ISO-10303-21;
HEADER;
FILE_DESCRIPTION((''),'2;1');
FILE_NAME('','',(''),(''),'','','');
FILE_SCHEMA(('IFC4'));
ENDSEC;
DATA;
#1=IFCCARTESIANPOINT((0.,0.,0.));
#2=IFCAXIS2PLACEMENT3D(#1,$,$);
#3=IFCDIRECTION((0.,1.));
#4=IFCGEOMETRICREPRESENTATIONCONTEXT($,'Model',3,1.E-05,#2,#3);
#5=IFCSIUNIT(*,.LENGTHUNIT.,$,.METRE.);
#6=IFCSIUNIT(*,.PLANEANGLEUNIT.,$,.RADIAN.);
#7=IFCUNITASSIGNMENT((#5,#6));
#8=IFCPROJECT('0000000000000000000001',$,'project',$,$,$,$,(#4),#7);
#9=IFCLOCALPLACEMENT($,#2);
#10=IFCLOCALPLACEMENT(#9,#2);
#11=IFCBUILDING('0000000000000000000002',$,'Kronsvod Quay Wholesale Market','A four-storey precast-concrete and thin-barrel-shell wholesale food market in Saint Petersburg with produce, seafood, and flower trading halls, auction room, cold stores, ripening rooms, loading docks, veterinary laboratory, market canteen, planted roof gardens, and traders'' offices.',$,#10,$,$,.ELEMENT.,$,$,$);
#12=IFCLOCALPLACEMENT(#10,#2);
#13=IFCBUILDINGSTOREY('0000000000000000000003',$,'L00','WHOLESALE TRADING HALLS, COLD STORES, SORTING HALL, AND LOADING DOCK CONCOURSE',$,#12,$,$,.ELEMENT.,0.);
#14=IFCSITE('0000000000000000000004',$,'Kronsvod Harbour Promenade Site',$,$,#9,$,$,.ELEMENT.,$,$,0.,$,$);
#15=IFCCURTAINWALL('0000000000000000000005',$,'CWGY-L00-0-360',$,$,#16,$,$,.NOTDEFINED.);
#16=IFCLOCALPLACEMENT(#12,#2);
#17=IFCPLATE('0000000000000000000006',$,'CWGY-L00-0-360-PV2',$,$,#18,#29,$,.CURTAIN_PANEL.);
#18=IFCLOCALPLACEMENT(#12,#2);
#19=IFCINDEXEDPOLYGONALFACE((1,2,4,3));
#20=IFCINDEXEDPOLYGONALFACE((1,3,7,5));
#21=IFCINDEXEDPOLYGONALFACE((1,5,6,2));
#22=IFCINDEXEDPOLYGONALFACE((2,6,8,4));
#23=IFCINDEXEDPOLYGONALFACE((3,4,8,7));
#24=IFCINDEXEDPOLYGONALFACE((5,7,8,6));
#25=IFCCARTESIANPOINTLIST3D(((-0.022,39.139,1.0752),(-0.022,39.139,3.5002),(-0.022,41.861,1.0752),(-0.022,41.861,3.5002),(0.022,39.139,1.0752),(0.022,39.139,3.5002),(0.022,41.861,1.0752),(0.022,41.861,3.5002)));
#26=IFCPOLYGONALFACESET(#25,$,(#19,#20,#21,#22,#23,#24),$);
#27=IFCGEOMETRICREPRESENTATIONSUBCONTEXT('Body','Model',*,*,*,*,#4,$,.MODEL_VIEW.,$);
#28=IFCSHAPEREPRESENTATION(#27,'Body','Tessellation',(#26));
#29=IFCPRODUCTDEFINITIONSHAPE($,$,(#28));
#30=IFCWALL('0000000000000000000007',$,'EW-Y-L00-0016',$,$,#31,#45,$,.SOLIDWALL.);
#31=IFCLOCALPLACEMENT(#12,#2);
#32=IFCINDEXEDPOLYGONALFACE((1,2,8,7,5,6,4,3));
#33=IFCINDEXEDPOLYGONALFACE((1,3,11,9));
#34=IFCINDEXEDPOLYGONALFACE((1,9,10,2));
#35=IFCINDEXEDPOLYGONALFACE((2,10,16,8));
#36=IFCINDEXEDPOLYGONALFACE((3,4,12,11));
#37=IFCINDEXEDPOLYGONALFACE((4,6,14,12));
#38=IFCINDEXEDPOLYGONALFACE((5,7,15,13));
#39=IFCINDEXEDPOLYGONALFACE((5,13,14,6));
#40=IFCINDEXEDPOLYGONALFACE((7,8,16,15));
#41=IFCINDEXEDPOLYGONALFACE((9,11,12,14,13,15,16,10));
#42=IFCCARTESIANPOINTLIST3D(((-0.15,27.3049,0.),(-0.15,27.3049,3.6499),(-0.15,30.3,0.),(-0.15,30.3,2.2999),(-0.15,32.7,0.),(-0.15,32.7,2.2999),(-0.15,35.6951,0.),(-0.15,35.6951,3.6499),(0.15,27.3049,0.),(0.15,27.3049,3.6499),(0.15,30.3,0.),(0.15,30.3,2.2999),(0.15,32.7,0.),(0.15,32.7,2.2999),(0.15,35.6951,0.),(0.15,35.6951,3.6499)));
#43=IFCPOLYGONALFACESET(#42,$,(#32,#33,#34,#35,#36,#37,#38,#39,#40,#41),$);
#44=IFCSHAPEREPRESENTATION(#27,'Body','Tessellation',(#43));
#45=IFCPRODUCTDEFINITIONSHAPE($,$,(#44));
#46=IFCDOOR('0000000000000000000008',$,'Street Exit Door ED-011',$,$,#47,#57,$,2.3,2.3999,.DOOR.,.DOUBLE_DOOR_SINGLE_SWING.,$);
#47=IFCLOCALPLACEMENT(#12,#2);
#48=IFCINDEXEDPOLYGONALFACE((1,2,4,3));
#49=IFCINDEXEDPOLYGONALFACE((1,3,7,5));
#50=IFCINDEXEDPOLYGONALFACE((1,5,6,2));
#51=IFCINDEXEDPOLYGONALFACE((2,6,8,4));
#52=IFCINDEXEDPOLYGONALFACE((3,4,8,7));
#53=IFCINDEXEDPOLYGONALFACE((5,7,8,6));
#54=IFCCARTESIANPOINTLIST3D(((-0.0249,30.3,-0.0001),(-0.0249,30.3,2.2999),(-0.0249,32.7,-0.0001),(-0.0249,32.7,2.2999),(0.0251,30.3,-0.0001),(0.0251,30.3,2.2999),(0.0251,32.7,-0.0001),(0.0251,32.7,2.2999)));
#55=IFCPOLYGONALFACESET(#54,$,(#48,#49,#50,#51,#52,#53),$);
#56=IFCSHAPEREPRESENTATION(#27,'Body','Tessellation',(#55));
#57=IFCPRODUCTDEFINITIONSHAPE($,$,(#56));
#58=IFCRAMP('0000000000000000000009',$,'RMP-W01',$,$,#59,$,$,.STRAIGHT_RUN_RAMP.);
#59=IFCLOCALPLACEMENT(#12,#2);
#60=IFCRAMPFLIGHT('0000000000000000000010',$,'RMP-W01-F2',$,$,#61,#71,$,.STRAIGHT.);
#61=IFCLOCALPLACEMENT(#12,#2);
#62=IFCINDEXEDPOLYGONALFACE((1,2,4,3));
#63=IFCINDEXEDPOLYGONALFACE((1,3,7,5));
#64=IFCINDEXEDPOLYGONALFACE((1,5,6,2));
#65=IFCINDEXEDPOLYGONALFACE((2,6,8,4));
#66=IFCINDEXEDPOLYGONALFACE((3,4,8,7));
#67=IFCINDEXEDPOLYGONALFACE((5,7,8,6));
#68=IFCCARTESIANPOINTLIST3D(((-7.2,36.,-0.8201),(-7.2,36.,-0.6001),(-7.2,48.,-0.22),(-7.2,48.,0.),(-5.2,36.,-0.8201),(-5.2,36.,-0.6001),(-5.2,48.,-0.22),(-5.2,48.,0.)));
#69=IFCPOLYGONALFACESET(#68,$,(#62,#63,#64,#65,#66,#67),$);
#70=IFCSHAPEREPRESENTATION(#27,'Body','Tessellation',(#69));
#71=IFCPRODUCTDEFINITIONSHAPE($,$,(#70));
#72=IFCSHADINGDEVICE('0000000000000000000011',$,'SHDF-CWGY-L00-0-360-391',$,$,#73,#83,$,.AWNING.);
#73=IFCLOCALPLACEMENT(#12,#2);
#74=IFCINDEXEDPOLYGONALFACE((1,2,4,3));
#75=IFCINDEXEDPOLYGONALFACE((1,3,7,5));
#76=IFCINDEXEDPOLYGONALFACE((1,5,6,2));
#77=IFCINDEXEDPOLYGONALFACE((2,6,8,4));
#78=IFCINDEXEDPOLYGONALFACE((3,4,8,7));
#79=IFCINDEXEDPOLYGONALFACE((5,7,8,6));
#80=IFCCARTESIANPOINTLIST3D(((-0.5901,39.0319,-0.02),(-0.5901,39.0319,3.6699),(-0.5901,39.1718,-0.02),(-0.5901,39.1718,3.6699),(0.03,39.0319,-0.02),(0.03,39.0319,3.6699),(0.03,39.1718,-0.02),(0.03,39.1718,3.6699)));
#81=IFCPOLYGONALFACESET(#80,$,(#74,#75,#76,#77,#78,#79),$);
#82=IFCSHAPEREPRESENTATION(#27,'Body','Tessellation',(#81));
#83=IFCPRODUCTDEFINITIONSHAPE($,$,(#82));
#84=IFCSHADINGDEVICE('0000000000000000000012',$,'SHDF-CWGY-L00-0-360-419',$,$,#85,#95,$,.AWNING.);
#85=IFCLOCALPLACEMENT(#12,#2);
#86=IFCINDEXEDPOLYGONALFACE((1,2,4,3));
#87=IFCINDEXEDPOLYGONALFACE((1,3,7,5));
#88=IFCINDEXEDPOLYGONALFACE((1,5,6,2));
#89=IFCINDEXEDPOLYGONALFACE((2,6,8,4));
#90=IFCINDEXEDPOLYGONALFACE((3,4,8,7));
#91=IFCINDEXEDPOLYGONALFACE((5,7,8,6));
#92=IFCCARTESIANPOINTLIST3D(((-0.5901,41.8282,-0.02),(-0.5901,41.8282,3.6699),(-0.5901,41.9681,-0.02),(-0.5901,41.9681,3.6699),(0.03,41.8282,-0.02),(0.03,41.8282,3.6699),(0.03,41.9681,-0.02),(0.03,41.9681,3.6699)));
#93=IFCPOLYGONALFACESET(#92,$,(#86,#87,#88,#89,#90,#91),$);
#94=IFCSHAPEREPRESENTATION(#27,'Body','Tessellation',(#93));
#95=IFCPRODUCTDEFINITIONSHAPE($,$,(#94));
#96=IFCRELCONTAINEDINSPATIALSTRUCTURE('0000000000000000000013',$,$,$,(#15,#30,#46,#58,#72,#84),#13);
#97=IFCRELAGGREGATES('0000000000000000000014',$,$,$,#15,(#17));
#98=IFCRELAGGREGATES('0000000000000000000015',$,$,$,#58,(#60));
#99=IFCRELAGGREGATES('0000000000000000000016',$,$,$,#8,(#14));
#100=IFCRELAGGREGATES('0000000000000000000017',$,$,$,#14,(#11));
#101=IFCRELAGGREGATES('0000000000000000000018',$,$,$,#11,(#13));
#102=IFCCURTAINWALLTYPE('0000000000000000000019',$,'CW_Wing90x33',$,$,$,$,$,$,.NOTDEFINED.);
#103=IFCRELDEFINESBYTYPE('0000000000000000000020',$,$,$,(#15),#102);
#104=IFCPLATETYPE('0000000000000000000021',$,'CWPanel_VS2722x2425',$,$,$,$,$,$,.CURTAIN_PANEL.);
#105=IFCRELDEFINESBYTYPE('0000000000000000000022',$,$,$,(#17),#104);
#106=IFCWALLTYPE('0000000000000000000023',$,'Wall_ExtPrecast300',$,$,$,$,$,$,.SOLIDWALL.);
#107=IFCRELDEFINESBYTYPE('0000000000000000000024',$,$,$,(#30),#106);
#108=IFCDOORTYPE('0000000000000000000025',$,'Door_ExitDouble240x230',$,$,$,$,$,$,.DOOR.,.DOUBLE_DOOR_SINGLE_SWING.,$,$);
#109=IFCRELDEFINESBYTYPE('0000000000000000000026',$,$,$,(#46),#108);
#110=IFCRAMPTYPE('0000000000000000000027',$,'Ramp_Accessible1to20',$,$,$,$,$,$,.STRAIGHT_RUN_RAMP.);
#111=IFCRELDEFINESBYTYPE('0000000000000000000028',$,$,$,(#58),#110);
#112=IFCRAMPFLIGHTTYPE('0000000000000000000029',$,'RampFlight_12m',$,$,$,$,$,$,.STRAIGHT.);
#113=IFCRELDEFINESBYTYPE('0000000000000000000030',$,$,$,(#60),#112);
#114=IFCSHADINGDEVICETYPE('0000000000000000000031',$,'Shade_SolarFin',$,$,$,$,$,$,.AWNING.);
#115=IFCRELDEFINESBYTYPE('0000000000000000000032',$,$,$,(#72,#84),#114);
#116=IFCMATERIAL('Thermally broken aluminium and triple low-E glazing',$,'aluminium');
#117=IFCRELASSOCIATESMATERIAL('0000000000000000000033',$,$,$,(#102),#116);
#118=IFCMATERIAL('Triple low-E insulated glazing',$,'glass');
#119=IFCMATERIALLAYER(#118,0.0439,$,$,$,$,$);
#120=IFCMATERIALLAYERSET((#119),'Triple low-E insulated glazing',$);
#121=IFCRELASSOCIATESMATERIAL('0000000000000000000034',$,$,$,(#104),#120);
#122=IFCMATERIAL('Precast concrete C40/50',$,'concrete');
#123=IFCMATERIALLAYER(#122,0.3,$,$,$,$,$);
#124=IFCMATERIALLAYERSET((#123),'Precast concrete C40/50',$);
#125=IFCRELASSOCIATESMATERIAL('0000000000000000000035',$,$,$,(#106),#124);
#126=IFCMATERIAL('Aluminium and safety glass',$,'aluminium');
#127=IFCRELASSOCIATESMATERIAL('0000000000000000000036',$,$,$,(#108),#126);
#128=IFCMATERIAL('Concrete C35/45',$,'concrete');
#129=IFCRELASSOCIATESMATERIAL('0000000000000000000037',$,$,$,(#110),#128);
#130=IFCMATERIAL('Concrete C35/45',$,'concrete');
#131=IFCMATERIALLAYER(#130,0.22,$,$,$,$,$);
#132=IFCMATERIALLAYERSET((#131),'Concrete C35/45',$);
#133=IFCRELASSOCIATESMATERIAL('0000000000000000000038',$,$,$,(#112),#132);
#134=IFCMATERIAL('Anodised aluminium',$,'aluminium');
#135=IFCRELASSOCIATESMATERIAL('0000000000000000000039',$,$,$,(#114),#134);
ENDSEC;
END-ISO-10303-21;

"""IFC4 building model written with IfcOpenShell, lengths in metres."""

from ifc_helpers import new_model, si_unit, direction, frame, frame_2d, origin, origin_2d, place, context, subcontext, project, spatial, polyline, rectangle, outline, extrude, material, layer, layer_set, type_object, element, fill, aggregate, save


model = new_model("IFC4")

# Units and contexts
model_context = context("Model", 3, precision=1e-05, world=origin(), true_north=direction((0.0, 1.0)))
body_context = subcontext(model_context, "Body", "Model", "MODEL_VIEW")
ifc_project = project(units=[si_unit("LENGTHUNIT", "METRE"), si_unit("PLANEANGLEUNIT", "RADIAN")], contexts=[model_context])

# Site, building, storey
site_placement = place(None, origin())
site = spatial("IfcSite", under=ifc_project, at=site_placement, Name="Kronsvod Harbour Promenade Site", CompositionType="ELEMENT", RefElevation=0.0)
building_placement = place(site_placement, origin())
building = spatial("IfcBuilding", under=site, at=building_placement, Name="Kronsvod Quay Wholesale Market", Description="A four-storey precast-concrete and thin-barrel-shell wholesale food market in Saint Petersburg with produce, seafood, and flower trading halls, auction room, cold stores, ripening rooms, loading docks, veterinary laboratory, market canteen, planted roof gardens, and traders' offices.", CompositionType="ELEMENT")
storey_placement = place(building_placement, origin())
storey = spatial("IfcBuildingStorey", under=building, at=storey_placement, Name="L00", Description="WHOLESALE TRADING HALLS, COLD STORES, SORTING HALL, AND LOADING DOCK CONCOURSE", CompositionType="ELEMENT", Elevation=0.0)

# Curtain wall, plate
ifc_material_1 = material(Name="Thermally broken aluminium and triple low-E glazing", Category="aluminium")
curtain_wall_type = type_object("IfcCurtainWallType", Name="CW_Wing90x33", PredefinedType="NOTDEFINED", material=ifc_material_1)
curtain_wall_placement = place(storey_placement, origin())
curtain_wall = element("IfcCurtainWall", 1, at=curtain_wall_placement, inside=storey, type_object=curtain_wall_type, Name="CWGY-L00-0-360", PredefinedType="NOTDEFINED")
ifc_material_2 = material(Name="Triple low-E insulated glazing", Category="glass")
ifc_layer_1 = layer(ifc_material_2, 0.0439)
ifc_layer_set_1 = layer_set([ifc_layer_1], Name="Triple low-E insulated glazing")
plate_type_1 = type_object("IfcPlateType", Name="CWPanel_VS2722x2425", PredefinedType="CURTAIN_PANEL", material=ifc_layer_set_1)
plate_1_placement = place(storey_placement, frame((0.0, 40.5, 1.0752), z_axis=(0.0, 0.0, 1.0), x_axis=(0.0, -1.0, 0.0)))
plate_1 = element("IfcPlate", 2, at=plate_1_placement, type_object=plate_type_1, Name="CWGY-L00-0-360-PV2", PredefinedType="CURTAIN_PANEL", context=body_context, shape_type="SweptSolid", body=[
    extrude(rectangle(XDim=2.7219, YDim=0.0439, at=origin_2d()), origin(), (0.0, 0.0, 1.0), 2.425),
])
aggregate(curtain_wall, [plate_1])

# Wall, opening, door
ifc_material_3 = material(Name="Precast concrete C40/50", Category="concrete")
ifc_layer_2 = layer(ifc_material_3, 0.3)
ifc_layer_set_2 = layer_set([ifc_layer_2], Name="Precast concrete C40/50")
wall_type = type_object("IfcWallType", Name="Wall_ExtPrecast300", PredefinedType="SOLIDWALL", material=ifc_layer_set_2)
wall_placement = place(storey_placement, frame((0.0, 35.6951, 0.0), z_axis=(0.0, 0.0, 1.0), x_axis=(0.0, -1.0, 0.0)))
wall = element("IfcWall", 3, at=wall_placement, inside=storey, type_object=wall_type, Name="EW-Y-L00-0016", PredefinedType="SOLIDWALL", context=body_context, shape_type="SweptSolid", body=[
    extrude(rectangle(XDim=8.3901, YDim=0.3, at=frame_2d((4.1951, 0.0))), origin(), (0.0, 0.0, 1.0), 3.6499),
])
opening_placement = place(wall_placement, frame((2.9951, 0.0, 0.0)))
opening = element("IfcOpeningElement", 4, at=opening_placement, cuts=wall, PredefinedType="OPENING", context=body_context, shape_type="SweptSolid", body=[
    extrude(rectangle(XDim=2.3999, YDim=2.3, at=frame_2d((1.2, 1.1499))), frame((0.0, 0.1602, 0.0), z_axis=(0.0, -1.0, 0.0), x_axis=(1.0, 0.0, 0.0)), (0.0, 0.0, 1.0), 0.3201),
])
ifc_material_4 = material(Name="Aluminium and safety glass", Category="aluminium")
door_type = type_object("IfcDoorType", Name="Door_ExitDouble240x230", OperationType="DOUBLE_DOOR_SINGLE_SWING", PredefinedType="DOOR", material=ifc_material_4)
door_placement = place(opening_placement, frame((2.3999, 0.0, 0.0), z_axis=(0.0, 0.0, 1.0), x_axis=(-1.0, 0.0, 0.0)))
door = element("IfcDoor", 5, at=door_placement, inside=storey, type_object=door_type, Name="Street Exit Door ED-011", OperationType="DOUBLE_DOOR_SINGLE_SWING", OverallHeight=2.3, OverallWidth=2.3999, PredefinedType="DOOR", context=body_context, shape_type="SweptSolid", body=[
    extrude(rectangle(XDim=2.3999, YDim=2.3, at=frame_2d((1.2, 1.1499))), frame((0.0, 0.0249, 0.0), z_axis=(0.0, -1.0, 0.0), x_axis=(1.0, 0.0, 0.0)), (0.0, 0.0, 1.0), 0.05),
])
fill(opening, door)

# Ramp, ramp flight
ifc_material_5 = material(Name="Concrete C35/45", Category="concrete")
ramp_type = type_object("IfcRampType", Name="Ramp_Accessible1to20", PredefinedType="STRAIGHT_RUN_RAMP", material=ifc_material_5)
ramp_placement = place(storey_placement, origin())
ramp = element("IfcRamp", 6, at=ramp_placement, inside=storey, type_object=ramp_type, Name="RMP-W01", PredefinedType="STRAIGHT_RUN_RAMP")
ifc_material_6 = material(Name="Concrete C35/45", Category="concrete")
ifc_layer_3 = layer(ifc_material_6, 0.22)
ifc_layer_set_3 = layer_set([ifc_layer_3], Name="Concrete C35/45")
ramp_flight_type = type_object("IfcRampFlightType", Name="RampFlight_12m", PredefinedType="STRAIGHT", material=ifc_layer_set_3)
ramp_flight_placement = place(storey_placement, frame((-6.2, 36.0, -0.6001), z_axis=(0.0, 0.0, 1.0), x_axis=(0.0, 1.0, 0.0)))
ramp_flight = element("IfcRampFlight", 7, at=ramp_flight_placement, type_object=ramp_flight_type, Name="RMP-W01-F2", PredefinedType="STRAIGHT", context=body_context, shape_type="SweptSolid", body=[
    extrude(outline(polyline([(0.0, 0.0), (0.0, -0.22), (12.0, 0.3801), (12.0, 0.6001), (0.0, 0.0)])), frame((0.0, 1.0, 0.0), z_axis=(0.0, -1.0, 0.0), x_axis=(1.0, 0.0, 0.0)), (0.0, 0.0, 1.0), 2.0),
])
aggregate(ramp, [ramp_flight])

# Shading devices
ifc_material_7 = material(Name="Anodised aluminium", Category="aluminium")
shading_device_type = type_object("IfcShadingDeviceType", Name="Shade_SolarFin", PredefinedType="AWNING", material=ifc_material_7)
for number, where, z_axis, x_axis, name in (
    (8, (-0.28, 39.1018, -0.02), (0.0, 0.0, 1.0), (1.0, 0.0, 0.0), "SHDF-CWGY-L00-0-360-391"),
    (9, (-0.28, 41.8982, -0.02), (0.0, 0.0, 1.0), (1.0, 0.0, 0.0), "SHDF-CWGY-L00-0-360-419"),
):
    element("IfcShadingDevice", number, at=place(storey_placement, frame(where, z_axis=z_axis, x_axis=x_axis)), inside=storey, type_object=shading_device_type, Name=name, PredefinedType="AWNING", context=body_context, shape_type="SweptSolid", body=[
        extrude(rectangle(XDim=0.6201, YDim=0.1399, at=origin_2d()), origin(), (0.0, 0.0, 1.0), 3.6899),
    ])

save(model, "model.ifc")
